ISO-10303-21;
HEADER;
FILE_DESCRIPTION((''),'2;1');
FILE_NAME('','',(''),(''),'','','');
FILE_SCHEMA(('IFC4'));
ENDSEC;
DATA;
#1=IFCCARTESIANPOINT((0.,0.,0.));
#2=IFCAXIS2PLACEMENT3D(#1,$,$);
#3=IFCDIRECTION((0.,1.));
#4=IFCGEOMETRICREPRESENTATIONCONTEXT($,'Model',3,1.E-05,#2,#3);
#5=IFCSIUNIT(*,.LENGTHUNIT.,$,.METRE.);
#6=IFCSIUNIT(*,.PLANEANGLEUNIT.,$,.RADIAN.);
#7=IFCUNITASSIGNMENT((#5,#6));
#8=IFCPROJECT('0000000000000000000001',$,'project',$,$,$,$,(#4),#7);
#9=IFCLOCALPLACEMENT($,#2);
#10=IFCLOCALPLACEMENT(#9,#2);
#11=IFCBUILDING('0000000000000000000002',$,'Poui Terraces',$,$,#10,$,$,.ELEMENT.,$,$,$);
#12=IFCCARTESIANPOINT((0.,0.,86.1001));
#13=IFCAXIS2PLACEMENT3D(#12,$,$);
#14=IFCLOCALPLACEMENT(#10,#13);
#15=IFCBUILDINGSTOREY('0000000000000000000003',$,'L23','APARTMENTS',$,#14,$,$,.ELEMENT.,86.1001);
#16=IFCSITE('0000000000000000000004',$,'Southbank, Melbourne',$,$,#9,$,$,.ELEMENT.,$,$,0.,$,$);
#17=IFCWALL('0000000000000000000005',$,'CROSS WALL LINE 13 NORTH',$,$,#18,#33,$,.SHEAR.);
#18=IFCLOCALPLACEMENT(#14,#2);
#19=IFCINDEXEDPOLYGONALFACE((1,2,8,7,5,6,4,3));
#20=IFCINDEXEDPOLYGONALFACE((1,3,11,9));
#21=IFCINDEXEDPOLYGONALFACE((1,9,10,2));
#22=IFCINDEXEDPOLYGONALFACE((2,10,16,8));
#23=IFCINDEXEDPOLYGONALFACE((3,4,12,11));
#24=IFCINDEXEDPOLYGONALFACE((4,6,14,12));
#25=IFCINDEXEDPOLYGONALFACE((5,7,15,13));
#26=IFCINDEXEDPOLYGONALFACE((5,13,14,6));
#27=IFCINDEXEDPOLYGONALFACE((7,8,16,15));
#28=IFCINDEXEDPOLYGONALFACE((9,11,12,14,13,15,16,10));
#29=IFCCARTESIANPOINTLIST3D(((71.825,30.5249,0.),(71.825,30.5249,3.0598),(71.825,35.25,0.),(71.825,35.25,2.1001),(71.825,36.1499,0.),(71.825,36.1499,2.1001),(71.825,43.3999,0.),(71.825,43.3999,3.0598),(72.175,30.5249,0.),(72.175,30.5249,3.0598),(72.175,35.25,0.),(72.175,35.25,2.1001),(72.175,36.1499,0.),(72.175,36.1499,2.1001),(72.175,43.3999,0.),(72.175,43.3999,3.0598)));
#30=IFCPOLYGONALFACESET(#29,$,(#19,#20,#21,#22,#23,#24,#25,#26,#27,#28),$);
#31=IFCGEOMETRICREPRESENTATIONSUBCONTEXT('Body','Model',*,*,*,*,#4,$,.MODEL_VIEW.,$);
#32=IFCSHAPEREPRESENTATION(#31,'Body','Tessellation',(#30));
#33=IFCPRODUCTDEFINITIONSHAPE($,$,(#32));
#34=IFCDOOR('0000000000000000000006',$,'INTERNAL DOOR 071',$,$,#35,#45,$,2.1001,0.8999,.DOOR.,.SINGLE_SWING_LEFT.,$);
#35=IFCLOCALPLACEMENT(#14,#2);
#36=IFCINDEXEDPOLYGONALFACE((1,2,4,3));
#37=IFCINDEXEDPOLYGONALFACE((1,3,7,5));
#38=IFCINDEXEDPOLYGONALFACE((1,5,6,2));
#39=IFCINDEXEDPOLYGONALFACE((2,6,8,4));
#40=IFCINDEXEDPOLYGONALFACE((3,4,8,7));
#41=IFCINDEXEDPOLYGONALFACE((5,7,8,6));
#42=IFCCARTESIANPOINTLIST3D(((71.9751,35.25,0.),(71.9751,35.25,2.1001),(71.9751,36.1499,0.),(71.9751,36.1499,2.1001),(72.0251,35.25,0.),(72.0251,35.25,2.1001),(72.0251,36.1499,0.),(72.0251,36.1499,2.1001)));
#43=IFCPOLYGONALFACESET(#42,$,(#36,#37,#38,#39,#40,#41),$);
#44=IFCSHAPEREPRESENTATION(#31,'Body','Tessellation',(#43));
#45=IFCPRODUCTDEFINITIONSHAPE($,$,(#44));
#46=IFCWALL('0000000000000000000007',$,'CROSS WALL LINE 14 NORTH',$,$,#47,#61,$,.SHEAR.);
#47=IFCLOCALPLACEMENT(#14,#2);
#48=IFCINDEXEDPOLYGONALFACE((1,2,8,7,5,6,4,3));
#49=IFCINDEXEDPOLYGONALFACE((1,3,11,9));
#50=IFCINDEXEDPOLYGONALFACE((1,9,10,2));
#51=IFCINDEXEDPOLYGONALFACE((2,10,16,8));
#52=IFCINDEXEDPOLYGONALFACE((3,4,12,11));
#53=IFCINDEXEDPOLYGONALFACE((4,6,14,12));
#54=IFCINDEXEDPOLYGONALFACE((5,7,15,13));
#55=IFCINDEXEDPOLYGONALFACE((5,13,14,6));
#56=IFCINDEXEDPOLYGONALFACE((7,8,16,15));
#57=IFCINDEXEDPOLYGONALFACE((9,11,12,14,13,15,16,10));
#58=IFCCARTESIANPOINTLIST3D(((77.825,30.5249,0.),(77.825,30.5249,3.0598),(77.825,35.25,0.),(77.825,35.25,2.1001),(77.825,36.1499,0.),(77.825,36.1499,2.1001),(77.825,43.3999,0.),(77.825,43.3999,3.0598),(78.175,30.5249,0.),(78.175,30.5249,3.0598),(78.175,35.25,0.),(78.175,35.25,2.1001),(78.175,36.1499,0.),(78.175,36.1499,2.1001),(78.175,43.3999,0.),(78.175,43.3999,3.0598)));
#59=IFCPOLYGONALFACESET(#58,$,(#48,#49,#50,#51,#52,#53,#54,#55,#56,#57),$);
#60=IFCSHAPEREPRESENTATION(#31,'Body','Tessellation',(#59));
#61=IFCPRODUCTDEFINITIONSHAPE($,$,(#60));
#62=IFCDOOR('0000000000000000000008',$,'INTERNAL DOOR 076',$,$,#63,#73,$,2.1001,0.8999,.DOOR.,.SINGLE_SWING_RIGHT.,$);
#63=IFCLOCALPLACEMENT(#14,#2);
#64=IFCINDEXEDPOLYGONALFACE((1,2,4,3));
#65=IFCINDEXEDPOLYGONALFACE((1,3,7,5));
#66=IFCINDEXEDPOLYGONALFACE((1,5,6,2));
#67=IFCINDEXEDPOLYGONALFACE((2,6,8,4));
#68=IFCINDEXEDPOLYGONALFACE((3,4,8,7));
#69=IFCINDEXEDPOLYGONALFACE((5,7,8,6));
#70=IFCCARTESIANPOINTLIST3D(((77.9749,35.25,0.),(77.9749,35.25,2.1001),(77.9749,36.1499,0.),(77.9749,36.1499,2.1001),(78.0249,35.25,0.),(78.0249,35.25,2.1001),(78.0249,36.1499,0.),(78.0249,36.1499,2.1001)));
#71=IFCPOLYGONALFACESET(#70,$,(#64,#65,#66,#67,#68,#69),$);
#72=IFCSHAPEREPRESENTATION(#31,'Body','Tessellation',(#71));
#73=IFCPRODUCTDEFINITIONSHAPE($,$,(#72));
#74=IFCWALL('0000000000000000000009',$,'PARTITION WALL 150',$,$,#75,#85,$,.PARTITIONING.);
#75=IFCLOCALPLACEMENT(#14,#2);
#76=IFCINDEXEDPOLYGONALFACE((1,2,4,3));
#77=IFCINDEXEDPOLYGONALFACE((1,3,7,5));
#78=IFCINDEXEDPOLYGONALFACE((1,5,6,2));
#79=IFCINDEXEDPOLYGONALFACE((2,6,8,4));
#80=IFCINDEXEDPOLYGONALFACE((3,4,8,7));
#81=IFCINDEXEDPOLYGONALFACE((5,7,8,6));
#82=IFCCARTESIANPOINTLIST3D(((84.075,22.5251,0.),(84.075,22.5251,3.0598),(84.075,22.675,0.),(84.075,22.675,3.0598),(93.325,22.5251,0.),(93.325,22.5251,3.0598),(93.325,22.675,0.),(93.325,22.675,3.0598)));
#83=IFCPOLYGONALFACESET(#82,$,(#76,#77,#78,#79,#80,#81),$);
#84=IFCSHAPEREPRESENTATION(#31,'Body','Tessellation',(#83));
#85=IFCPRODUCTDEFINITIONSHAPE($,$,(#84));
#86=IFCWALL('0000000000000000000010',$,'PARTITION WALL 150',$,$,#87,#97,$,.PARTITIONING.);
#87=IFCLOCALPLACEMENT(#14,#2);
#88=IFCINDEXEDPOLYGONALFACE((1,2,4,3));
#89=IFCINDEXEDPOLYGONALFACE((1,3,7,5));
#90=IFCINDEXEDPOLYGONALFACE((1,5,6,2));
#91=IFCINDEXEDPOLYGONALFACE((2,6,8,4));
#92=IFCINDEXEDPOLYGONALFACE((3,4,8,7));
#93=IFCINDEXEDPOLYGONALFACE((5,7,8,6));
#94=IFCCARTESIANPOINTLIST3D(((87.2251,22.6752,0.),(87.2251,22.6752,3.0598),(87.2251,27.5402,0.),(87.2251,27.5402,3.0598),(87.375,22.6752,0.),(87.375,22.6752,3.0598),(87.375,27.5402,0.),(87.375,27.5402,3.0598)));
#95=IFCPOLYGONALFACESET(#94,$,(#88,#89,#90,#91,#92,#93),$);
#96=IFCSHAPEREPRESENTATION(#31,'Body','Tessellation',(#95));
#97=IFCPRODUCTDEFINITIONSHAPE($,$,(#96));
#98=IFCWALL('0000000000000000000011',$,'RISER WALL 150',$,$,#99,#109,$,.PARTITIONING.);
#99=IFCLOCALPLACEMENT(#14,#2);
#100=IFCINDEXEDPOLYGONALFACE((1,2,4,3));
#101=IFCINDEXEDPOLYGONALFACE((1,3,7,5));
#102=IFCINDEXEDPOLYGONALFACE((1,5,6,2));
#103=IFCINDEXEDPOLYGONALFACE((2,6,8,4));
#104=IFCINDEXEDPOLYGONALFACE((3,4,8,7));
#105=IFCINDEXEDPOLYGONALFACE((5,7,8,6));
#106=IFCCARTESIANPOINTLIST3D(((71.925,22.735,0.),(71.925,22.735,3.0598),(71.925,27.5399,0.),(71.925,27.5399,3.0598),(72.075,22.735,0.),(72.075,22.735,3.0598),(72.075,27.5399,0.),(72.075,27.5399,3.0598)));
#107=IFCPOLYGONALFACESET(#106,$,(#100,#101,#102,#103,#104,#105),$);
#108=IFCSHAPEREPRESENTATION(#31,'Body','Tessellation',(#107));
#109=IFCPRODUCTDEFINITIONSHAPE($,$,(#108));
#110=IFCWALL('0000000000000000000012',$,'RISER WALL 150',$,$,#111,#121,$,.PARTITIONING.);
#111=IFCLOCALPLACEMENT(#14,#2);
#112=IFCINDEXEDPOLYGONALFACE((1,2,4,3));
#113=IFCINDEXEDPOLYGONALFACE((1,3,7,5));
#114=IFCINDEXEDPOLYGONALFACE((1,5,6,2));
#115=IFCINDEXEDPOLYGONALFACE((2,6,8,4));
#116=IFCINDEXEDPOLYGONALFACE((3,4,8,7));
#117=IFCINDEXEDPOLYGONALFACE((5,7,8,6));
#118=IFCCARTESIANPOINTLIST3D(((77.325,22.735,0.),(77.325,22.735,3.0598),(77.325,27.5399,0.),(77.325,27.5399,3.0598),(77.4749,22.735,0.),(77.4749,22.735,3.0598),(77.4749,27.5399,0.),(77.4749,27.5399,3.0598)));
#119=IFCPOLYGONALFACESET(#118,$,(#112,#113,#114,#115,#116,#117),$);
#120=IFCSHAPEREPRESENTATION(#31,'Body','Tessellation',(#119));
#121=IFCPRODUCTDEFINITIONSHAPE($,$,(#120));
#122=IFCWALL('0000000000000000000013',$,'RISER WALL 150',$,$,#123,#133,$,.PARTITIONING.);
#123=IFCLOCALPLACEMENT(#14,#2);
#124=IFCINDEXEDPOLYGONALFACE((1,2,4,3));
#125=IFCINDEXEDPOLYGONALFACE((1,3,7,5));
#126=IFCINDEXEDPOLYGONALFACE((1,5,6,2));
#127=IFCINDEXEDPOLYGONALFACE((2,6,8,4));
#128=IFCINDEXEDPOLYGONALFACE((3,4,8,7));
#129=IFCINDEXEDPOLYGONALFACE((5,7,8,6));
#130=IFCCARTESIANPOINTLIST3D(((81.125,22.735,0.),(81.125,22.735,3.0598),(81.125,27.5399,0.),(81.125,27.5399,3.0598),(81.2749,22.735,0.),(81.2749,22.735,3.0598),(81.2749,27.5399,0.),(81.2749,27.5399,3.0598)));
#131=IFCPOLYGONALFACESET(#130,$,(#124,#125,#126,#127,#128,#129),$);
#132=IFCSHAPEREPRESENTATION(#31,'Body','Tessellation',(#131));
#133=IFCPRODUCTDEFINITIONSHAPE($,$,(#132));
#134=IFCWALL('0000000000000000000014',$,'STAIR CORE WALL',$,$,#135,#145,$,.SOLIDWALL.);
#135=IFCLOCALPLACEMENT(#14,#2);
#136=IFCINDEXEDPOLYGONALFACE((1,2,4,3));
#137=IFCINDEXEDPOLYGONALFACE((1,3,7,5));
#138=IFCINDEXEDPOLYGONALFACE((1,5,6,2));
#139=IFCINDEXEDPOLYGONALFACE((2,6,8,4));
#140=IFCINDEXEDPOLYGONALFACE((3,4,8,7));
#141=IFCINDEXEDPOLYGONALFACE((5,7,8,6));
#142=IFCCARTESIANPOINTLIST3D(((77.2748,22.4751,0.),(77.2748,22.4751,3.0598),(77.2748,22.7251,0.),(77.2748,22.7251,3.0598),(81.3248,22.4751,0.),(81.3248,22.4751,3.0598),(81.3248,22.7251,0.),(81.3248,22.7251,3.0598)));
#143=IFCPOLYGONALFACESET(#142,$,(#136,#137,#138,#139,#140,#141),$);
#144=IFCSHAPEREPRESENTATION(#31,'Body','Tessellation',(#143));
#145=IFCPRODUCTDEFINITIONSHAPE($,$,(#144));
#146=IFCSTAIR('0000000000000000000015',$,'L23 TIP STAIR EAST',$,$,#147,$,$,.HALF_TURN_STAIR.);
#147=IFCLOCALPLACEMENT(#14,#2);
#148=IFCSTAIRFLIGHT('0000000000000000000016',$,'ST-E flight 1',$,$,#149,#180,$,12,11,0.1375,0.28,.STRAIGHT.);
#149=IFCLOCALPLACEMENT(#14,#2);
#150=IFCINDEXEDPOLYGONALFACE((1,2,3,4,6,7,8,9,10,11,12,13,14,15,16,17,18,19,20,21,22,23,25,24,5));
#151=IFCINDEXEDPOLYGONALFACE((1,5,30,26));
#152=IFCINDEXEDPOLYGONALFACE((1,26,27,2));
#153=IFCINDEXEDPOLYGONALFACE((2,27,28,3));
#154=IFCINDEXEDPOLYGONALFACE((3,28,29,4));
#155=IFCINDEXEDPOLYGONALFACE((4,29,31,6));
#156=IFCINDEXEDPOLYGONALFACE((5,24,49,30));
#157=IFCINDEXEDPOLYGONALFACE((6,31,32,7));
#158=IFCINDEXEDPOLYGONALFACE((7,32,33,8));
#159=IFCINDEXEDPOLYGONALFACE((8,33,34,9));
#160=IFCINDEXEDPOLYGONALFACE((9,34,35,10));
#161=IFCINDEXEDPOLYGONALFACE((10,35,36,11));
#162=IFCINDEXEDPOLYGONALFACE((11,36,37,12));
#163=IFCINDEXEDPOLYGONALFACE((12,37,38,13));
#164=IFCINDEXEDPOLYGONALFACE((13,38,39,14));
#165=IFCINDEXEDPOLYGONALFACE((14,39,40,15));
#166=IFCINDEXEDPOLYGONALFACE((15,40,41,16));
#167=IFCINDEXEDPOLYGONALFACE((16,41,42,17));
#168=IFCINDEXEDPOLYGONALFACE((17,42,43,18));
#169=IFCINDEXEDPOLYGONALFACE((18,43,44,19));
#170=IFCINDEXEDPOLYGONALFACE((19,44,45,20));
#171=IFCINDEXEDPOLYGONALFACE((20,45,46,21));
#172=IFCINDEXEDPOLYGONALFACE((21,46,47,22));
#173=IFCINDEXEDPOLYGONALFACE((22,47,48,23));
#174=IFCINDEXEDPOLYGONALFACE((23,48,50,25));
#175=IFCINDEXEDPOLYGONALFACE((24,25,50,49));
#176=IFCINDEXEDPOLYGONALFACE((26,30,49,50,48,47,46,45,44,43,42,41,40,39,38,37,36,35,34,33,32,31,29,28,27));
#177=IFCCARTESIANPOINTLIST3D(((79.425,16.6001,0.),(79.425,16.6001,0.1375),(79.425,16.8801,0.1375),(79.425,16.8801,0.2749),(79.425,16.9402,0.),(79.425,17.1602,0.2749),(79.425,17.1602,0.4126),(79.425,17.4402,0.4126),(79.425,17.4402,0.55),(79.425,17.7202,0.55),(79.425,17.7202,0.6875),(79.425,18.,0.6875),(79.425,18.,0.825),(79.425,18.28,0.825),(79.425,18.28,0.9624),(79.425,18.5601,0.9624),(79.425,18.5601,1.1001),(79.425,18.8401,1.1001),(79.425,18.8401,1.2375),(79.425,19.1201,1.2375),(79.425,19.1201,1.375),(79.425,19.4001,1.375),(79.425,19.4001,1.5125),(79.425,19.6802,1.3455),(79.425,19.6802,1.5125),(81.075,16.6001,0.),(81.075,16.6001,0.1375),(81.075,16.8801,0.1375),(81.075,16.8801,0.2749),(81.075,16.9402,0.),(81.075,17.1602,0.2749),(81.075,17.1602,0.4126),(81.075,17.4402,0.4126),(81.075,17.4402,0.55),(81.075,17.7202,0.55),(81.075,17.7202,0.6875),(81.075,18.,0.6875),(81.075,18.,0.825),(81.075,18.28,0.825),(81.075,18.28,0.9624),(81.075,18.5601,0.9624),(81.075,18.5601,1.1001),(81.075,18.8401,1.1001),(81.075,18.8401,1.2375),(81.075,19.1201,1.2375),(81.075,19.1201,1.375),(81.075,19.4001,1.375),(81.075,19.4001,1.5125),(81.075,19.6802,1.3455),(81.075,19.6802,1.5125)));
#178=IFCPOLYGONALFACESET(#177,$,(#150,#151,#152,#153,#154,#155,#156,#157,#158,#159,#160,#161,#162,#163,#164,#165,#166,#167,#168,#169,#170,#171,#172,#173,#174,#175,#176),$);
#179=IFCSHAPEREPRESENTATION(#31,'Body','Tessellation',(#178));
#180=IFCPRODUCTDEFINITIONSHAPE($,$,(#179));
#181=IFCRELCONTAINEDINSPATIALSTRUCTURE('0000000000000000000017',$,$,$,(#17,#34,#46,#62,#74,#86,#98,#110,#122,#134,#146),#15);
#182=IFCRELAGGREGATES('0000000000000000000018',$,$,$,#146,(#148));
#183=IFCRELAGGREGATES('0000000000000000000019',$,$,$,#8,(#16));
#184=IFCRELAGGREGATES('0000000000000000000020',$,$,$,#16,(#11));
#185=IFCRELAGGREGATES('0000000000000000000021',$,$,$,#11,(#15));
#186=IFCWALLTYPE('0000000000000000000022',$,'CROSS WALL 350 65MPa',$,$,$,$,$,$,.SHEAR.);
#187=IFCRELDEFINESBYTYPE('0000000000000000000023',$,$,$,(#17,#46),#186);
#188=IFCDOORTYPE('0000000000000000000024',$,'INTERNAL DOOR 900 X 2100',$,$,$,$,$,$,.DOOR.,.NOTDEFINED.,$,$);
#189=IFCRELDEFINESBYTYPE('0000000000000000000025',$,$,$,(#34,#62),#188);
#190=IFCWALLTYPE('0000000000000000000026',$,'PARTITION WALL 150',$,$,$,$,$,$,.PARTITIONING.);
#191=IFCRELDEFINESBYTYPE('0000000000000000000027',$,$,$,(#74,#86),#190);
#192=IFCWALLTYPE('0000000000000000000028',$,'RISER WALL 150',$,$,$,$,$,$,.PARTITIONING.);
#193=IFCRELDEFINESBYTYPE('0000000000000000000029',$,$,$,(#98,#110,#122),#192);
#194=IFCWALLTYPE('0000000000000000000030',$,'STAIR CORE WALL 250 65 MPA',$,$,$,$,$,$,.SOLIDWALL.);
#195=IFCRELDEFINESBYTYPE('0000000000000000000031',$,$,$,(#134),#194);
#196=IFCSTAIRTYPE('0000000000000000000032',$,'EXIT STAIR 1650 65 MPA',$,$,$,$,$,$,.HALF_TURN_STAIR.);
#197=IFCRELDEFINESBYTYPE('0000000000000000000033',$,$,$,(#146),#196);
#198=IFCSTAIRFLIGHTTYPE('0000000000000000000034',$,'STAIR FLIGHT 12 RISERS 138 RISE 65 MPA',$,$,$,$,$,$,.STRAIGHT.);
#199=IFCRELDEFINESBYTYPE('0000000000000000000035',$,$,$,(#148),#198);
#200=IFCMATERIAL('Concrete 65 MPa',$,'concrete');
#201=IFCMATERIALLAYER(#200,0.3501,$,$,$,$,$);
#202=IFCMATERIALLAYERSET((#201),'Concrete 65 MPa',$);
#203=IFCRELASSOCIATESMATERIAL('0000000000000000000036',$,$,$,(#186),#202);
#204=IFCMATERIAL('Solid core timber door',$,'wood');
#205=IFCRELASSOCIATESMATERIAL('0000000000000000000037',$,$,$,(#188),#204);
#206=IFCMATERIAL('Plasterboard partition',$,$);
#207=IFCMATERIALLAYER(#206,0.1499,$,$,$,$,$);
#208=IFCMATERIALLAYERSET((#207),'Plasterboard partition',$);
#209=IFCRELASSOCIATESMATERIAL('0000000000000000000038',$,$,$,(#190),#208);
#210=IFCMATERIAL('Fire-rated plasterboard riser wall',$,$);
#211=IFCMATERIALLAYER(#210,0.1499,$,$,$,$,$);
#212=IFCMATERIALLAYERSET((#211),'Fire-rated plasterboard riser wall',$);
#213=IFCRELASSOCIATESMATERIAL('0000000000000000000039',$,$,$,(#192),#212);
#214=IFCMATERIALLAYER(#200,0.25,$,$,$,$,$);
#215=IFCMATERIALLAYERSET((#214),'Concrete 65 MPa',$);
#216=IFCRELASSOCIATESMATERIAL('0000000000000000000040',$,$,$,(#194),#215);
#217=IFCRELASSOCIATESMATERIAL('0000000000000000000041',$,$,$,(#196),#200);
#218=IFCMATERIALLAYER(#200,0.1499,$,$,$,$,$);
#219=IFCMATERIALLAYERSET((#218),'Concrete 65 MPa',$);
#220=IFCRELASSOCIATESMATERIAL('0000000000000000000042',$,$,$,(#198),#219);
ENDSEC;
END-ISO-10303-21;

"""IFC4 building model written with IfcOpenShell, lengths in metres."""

from ifc_helpers import new_model, si_unit, direction, frame, frame_2d, origin, place, context, subcontext, project, spatial, polyline, rectangle, outline, extrude, material, layer, layer_set, type_object, element, fill, aggregate, save


model = new_model("IFC4")

# Units and contexts
model_context = context("Model", 3, precision=1e-05, world=origin(), true_north=direction((0.0, 1.0)))
body_context = subcontext(model_context, "Body", "Model", "MODEL_VIEW")
ifc_project = project(units=[si_unit("LENGTHUNIT", "METRE"), si_unit("PLANEANGLEUNIT", "RADIAN")], contexts=[model_context])

# Site, building, storey
site_placement = place(None, origin())
site = spatial("IfcSite", under=ifc_project, at=site_placement, Name="Southbank, Melbourne", CompositionType="ELEMENT", RefElevation=0.0)
building_placement = place(site_placement, origin())
building = spatial("IfcBuilding", under=site, at=building_placement, Name="Poui Terraces", CompositionType="ELEMENT")
storey_placement = place(building_placement, frame((0.0, 0.0, 86.1001)))
storey = spatial("IfcBuildingStorey", under=building, at=storey_placement, Name="L23", Description="APARTMENTS", CompositionType="ELEMENT", Elevation=86.1001)

# Shared definitions
ifc_material_1 = material(Name="Concrete 65 MPa", Category="concrete")

# Walls, openings, doors
ifc_material_2 = material(Name="Solid core timber door", Category="wood")
ifc_layer_1 = layer(ifc_material_1, 0.3501)
ifc_layer_set_1 = layer_set([ifc_layer_1], Name="Concrete 65 MPa")
wall_type_1 = type_object("IfcWallType", Name="CROSS WALL 350 65MPa", PredefinedType="SHEAR", material=ifc_layer_set_1)
wall_1_placement = place(storey_placement, frame((72.0, 30.5249, 0.0), z_axis=(0.0, 0.0, 1.0), x_axis=(0.0, 1.0, 0.0)))
wall_1 = element("IfcWall", 1, at=wall_1_placement, inside=storey, type_object=wall_type_1, Name="CROSS WALL LINE 13 NORTH", PredefinedType="SHEAR", context=body_context, shape_type="SweptSolid", body=[
    extrude(rectangle(XDim=12.875, YDim=0.3501, at=frame_2d((6.4375, 0.0))), origin(), (0.0, 0.0, 1.0), 3.0598),
])
opening_1_placement = place(wall_1_placement, frame((4.7251, 0.0, 0.0)))
opening_1 = element("IfcOpeningElement", 2, at=opening_1_placement, cuts=wall_1, PredefinedType="OPENING", context=body_context, shape_type="SweptSolid", body=[
    extrude(rectangle(XDim=0.8999, YDim=2.1001, at=frame_2d((0.45, 1.05))), frame((0.0, 0.1851, 0.0), z_axis=(0.0, -1.0, 0.0), x_axis=(1.0, 0.0, 0.0)), (0.0, 0.0, 1.0), 0.3701),
])
door_type_1 = type_object("IfcDoorType", Name="INTERNAL DOOR 900 X 2100", OperationType="NOTDEFINED", PredefinedType="DOOR", material=ifc_material_2)
door_1_placement = place(opening_1_placement, origin())
door_1 = element("IfcDoor", 3, at=door_1_placement, inside=storey, type_object=door_type_1, Name="INTERNAL DOOR 071", OperationType="SINGLE_SWING_LEFT", OverallHeight=2.1001, OverallWidth=0.8999, PredefinedType="DOOR", context=body_context, shape_type="SweptSolid", body=[
    extrude(rectangle(XDim=0.8999, YDim=2.1001, at=frame_2d((0.45, 1.05))), frame((0.0, 0.0249, 0.0), z_axis=(0.0, -1.0, 0.0), x_axis=(1.0, 0.0, 0.0)), (0.0, 0.0, 1.0), 0.05),
])
fill(opening_1, door_1)
wall_2_placement = place(storey_placement, frame((78.0, 30.5249, 0.0), z_axis=(0.0, 0.0, 1.0), x_axis=(0.0, 1.0, 0.0)))
wall_2 = element("IfcWall", 4, at=wall_2_placement, inside=storey, type_object=wall_type_1, Name="CROSS WALL LINE 14 NORTH", PredefinedType="SHEAR", context=body_context, shape_type="SweptSolid", body=[
    extrude(rectangle(XDim=12.875, YDim=0.3501, at=frame_2d((6.4375, 0.0))), origin(), (0.0, 0.0, 1.0), 3.0598),
])
opening_2_placement = place(wall_2_placement, frame((4.7251, 0.0, 0.0)))
opening_2 = element("IfcOpeningElement", 5, at=opening_2_placement, cuts=wall_2, PredefinedType="OPENING", context=body_context, shape_type="SweptSolid", body=[
    extrude(rectangle(XDim=0.8999, YDim=2.1001, at=frame_2d((0.45, 1.05))), frame((0.0, 0.1851, 0.0), z_axis=(0.0, -1.0, 0.0), x_axis=(1.0, 0.0, 0.0)), (0.0, 0.0, 1.0), 0.3701),
])
door_2_placement = place(opening_2_placement, frame((0.8999, 0.0, 0.0), z_axis=(0.0, 0.0, 1.0), x_axis=(-1.0, 0.0, 0.0)))
door_2 = element("IfcDoor", 6, at=door_2_placement, inside=storey, type_object=door_type_1, Name="INTERNAL DOOR 076", OperationType="SINGLE_SWING_RIGHT", OverallHeight=2.1001, OverallWidth=0.8999, PredefinedType="DOOR", context=body_context, shape_type="SweptSolid", body=[
    extrude(rectangle(XDim=0.8999, YDim=2.1001, at=frame_2d((0.45, 1.05))), frame((0.0, 0.0249, 0.0), z_axis=(0.0, -1.0, 0.0), x_axis=(1.0, 0.0, 0.0)), (0.0, 0.0, 1.0), 0.05),
])
fill(opening_2, door_2)

# Walls
ifc_material_3 = material(Name="Plasterboard partition")
ifc_layer_2 = layer(ifc_material_3, 0.1499)
ifc_layer_set_2 = layer_set([ifc_layer_2], Name="Plasterboard partition")
wall_type_2 = type_object("IfcWallType", Name="PARTITION WALL 150", PredefinedType="PARTITIONING", material=ifc_layer_set_2)
wall_3_placement = place(storey_placement, frame((84.075, 22.6001, 0.0), z_axis=(0.0, 0.0, 1.0), x_axis=(1.0, 0.0, 0.0)))
element("IfcWall", 7, at=wall_3_placement, inside=storey, type_object=wall_type_2, Name="PARTITION WALL 150", PredefinedType="PARTITIONING", context=body_context, shape_type="SweptSolid", body=[
    extrude(rectangle(XDim=9.25, YDim=0.1499, at=frame_2d((4.625, 0.0))), origin(), (0.0, 0.0, 1.0), 3.0598),
])
wall_4_placement = place(storey_placement, frame((87.3, 22.675, 0.0), z_axis=(0.0, 0.0, 1.0), x_axis=(0.0, 1.0, 0.0)))
element("IfcWall", 8, at=wall_4_placement, inside=storey, type_object=wall_type_2, Name="PARTITION WALL 150", PredefinedType="PARTITIONING", context=body_context, shape_type="SweptSolid", body=[
    extrude(rectangle(XDim=4.865, YDim=0.1499, at=frame_2d((2.4326, 0.0))), origin(), (0.0, 0.0, 1.0), 3.0598),
])
ifc_material_4 = material(Name="Fire-rated plasterboard riser wall")
ifc_layer_3 = layer(ifc_material_4, 0.1499)
ifc_layer_set_3 = layer_set([ifc_layer_3], Name="Fire-rated plasterboard riser wall")
wall_type_3 = type_object("IfcWallType", Name="RISER WALL 150", PredefinedType="PARTITIONING", material=ifc_layer_set_3)
for number, where, z_axis, x_axis, name in (
    (9, (72.0, 22.7351, 0.0), (0.0, 0.0, 1.0), (0.0, 1.0, 0.0), "RISER WALL 150"),
    (10, (77.3999, 22.7351, 0.0), (0.0, 0.0, 1.0), (0.0, 1.0, 0.0), "RISER WALL 150"),
    (11, (81.2, 22.7351, 0.0), (0.0, 0.0, 1.0), (0.0, 1.0, 0.0), "RISER WALL 150"),
):
    element("IfcWall", number, at=place(storey_placement, frame(where, z_axis=z_axis, x_axis=x_axis)), inside=storey, type_object=wall_type_3, Name=name, PredefinedType="PARTITIONING", context=body_context, shape_type="SweptSolid", body=[
        extrude(rectangle(XDim=4.8049, YDim=0.1499, at=frame_2d((2.4023, 0.0))), origin(), (0.0, 0.0, 1.0), 3.0598),
    ])
ifc_layer_4 = layer(ifc_material_1, 0.25)
ifc_layer_set_4 = layer_set([ifc_layer_4], Name="Concrete 65 MPa")
wall_type_4 = type_object("IfcWallType", Name="STAIR CORE WALL 250 65 MPA", PredefinedType="SOLIDWALL", material=ifc_layer_set_4)
wall_5_placement = place(storey_placement, frame((77.2749, 22.6001, 0.0), z_axis=(0.0, 0.0, 1.0), x_axis=(1.0, 0.0, 0.0)))
element("IfcWall", 12, at=wall_5_placement, inside=storey, type_object=wall_type_4, Name="STAIR CORE WALL", PredefinedType="SOLIDWALL", context=body_context, shape_type="SweptSolid", body=[
    extrude(rectangle(XDim=4.05, YDim=0.25, at=frame_2d((2.0249, 0.0))), origin(), (0.0, 0.0, 1.0), 3.0598),
])

# Stair, stair flight
stair_type = type_object("IfcStairType", Name="EXIT STAIR 1650 65 MPA", PredefinedType="HALF_TURN_STAIR", material=ifc_material_1)
stair_placement = place(storey_placement, origin())
stair = element("IfcStair", 13, at=stair_placement, inside=storey, type_object=stair_type, Name="L23 TIP STAIR EAST", PredefinedType="HALF_TURN_STAIR")
ifc_layer_5 = layer(ifc_material_1, 0.1499)
ifc_layer_set_5 = layer_set([ifc_layer_5], Name="Concrete 65 MPa")
stair_flight_type = type_object("IfcStairFlightType", Name="STAIR FLIGHT 12 RISERS 138 RISE 65 MPA", PredefinedType="STRAIGHT", material=ifc_layer_set_5)
stair_flight_1_placement = place(storey_placement, frame((80.25, 16.6001, 0.0), z_axis=(0.0, 0.0, 1.0), x_axis=(0.0, 1.0, 0.0)))
stair_flight_1 = element("IfcStairFlight", 14, at=stair_flight_1_placement, type_object=stair_flight_type, Name="ST-E flight 1", NumberOfRisers=12, NumberOfTreads=11, PredefinedType="STRAIGHT", RiserHeight=0.1375, TreadLength=0.28, context=body_context, shape_type="SweptSolid", body=[
    extrude(outline(polyline([(0.0, 0.0), (0.0, 0.1375), (0.28, 0.1375), (0.28, 0.2749), (0.5601, 0.2749), (0.5601, 0.4126), (0.8401, 0.4126), (0.8401, 0.55), (1.1201, 0.55), (1.1201, 0.6875), (1.3999, 0.6875), (1.3999, 0.825), (1.6799, 0.825), (1.6799, 0.9624), (1.96, 0.9624), (1.96, 1.1001), (2.24, 1.1001), (2.24, 1.2375), (2.52, 1.2375), (2.52, 1.375), (2.8, 1.375), (2.8, 1.5125), (3.0801, 1.5125), (3.0801, 1.6499), (3.0801, 1.3455), (0.3401, 0.0), (0.0, 0.0)])), frame((0.0, 0.825, 0.0), z_axis=(0.0, -1.0, 0.0), x_axis=(1.0, 0.0, 0.0)), (0.0, 0.0, 1.0), 1.6499),
])
aggregate(stair, [stair_flight_1])

save(model, "model.ifc")
